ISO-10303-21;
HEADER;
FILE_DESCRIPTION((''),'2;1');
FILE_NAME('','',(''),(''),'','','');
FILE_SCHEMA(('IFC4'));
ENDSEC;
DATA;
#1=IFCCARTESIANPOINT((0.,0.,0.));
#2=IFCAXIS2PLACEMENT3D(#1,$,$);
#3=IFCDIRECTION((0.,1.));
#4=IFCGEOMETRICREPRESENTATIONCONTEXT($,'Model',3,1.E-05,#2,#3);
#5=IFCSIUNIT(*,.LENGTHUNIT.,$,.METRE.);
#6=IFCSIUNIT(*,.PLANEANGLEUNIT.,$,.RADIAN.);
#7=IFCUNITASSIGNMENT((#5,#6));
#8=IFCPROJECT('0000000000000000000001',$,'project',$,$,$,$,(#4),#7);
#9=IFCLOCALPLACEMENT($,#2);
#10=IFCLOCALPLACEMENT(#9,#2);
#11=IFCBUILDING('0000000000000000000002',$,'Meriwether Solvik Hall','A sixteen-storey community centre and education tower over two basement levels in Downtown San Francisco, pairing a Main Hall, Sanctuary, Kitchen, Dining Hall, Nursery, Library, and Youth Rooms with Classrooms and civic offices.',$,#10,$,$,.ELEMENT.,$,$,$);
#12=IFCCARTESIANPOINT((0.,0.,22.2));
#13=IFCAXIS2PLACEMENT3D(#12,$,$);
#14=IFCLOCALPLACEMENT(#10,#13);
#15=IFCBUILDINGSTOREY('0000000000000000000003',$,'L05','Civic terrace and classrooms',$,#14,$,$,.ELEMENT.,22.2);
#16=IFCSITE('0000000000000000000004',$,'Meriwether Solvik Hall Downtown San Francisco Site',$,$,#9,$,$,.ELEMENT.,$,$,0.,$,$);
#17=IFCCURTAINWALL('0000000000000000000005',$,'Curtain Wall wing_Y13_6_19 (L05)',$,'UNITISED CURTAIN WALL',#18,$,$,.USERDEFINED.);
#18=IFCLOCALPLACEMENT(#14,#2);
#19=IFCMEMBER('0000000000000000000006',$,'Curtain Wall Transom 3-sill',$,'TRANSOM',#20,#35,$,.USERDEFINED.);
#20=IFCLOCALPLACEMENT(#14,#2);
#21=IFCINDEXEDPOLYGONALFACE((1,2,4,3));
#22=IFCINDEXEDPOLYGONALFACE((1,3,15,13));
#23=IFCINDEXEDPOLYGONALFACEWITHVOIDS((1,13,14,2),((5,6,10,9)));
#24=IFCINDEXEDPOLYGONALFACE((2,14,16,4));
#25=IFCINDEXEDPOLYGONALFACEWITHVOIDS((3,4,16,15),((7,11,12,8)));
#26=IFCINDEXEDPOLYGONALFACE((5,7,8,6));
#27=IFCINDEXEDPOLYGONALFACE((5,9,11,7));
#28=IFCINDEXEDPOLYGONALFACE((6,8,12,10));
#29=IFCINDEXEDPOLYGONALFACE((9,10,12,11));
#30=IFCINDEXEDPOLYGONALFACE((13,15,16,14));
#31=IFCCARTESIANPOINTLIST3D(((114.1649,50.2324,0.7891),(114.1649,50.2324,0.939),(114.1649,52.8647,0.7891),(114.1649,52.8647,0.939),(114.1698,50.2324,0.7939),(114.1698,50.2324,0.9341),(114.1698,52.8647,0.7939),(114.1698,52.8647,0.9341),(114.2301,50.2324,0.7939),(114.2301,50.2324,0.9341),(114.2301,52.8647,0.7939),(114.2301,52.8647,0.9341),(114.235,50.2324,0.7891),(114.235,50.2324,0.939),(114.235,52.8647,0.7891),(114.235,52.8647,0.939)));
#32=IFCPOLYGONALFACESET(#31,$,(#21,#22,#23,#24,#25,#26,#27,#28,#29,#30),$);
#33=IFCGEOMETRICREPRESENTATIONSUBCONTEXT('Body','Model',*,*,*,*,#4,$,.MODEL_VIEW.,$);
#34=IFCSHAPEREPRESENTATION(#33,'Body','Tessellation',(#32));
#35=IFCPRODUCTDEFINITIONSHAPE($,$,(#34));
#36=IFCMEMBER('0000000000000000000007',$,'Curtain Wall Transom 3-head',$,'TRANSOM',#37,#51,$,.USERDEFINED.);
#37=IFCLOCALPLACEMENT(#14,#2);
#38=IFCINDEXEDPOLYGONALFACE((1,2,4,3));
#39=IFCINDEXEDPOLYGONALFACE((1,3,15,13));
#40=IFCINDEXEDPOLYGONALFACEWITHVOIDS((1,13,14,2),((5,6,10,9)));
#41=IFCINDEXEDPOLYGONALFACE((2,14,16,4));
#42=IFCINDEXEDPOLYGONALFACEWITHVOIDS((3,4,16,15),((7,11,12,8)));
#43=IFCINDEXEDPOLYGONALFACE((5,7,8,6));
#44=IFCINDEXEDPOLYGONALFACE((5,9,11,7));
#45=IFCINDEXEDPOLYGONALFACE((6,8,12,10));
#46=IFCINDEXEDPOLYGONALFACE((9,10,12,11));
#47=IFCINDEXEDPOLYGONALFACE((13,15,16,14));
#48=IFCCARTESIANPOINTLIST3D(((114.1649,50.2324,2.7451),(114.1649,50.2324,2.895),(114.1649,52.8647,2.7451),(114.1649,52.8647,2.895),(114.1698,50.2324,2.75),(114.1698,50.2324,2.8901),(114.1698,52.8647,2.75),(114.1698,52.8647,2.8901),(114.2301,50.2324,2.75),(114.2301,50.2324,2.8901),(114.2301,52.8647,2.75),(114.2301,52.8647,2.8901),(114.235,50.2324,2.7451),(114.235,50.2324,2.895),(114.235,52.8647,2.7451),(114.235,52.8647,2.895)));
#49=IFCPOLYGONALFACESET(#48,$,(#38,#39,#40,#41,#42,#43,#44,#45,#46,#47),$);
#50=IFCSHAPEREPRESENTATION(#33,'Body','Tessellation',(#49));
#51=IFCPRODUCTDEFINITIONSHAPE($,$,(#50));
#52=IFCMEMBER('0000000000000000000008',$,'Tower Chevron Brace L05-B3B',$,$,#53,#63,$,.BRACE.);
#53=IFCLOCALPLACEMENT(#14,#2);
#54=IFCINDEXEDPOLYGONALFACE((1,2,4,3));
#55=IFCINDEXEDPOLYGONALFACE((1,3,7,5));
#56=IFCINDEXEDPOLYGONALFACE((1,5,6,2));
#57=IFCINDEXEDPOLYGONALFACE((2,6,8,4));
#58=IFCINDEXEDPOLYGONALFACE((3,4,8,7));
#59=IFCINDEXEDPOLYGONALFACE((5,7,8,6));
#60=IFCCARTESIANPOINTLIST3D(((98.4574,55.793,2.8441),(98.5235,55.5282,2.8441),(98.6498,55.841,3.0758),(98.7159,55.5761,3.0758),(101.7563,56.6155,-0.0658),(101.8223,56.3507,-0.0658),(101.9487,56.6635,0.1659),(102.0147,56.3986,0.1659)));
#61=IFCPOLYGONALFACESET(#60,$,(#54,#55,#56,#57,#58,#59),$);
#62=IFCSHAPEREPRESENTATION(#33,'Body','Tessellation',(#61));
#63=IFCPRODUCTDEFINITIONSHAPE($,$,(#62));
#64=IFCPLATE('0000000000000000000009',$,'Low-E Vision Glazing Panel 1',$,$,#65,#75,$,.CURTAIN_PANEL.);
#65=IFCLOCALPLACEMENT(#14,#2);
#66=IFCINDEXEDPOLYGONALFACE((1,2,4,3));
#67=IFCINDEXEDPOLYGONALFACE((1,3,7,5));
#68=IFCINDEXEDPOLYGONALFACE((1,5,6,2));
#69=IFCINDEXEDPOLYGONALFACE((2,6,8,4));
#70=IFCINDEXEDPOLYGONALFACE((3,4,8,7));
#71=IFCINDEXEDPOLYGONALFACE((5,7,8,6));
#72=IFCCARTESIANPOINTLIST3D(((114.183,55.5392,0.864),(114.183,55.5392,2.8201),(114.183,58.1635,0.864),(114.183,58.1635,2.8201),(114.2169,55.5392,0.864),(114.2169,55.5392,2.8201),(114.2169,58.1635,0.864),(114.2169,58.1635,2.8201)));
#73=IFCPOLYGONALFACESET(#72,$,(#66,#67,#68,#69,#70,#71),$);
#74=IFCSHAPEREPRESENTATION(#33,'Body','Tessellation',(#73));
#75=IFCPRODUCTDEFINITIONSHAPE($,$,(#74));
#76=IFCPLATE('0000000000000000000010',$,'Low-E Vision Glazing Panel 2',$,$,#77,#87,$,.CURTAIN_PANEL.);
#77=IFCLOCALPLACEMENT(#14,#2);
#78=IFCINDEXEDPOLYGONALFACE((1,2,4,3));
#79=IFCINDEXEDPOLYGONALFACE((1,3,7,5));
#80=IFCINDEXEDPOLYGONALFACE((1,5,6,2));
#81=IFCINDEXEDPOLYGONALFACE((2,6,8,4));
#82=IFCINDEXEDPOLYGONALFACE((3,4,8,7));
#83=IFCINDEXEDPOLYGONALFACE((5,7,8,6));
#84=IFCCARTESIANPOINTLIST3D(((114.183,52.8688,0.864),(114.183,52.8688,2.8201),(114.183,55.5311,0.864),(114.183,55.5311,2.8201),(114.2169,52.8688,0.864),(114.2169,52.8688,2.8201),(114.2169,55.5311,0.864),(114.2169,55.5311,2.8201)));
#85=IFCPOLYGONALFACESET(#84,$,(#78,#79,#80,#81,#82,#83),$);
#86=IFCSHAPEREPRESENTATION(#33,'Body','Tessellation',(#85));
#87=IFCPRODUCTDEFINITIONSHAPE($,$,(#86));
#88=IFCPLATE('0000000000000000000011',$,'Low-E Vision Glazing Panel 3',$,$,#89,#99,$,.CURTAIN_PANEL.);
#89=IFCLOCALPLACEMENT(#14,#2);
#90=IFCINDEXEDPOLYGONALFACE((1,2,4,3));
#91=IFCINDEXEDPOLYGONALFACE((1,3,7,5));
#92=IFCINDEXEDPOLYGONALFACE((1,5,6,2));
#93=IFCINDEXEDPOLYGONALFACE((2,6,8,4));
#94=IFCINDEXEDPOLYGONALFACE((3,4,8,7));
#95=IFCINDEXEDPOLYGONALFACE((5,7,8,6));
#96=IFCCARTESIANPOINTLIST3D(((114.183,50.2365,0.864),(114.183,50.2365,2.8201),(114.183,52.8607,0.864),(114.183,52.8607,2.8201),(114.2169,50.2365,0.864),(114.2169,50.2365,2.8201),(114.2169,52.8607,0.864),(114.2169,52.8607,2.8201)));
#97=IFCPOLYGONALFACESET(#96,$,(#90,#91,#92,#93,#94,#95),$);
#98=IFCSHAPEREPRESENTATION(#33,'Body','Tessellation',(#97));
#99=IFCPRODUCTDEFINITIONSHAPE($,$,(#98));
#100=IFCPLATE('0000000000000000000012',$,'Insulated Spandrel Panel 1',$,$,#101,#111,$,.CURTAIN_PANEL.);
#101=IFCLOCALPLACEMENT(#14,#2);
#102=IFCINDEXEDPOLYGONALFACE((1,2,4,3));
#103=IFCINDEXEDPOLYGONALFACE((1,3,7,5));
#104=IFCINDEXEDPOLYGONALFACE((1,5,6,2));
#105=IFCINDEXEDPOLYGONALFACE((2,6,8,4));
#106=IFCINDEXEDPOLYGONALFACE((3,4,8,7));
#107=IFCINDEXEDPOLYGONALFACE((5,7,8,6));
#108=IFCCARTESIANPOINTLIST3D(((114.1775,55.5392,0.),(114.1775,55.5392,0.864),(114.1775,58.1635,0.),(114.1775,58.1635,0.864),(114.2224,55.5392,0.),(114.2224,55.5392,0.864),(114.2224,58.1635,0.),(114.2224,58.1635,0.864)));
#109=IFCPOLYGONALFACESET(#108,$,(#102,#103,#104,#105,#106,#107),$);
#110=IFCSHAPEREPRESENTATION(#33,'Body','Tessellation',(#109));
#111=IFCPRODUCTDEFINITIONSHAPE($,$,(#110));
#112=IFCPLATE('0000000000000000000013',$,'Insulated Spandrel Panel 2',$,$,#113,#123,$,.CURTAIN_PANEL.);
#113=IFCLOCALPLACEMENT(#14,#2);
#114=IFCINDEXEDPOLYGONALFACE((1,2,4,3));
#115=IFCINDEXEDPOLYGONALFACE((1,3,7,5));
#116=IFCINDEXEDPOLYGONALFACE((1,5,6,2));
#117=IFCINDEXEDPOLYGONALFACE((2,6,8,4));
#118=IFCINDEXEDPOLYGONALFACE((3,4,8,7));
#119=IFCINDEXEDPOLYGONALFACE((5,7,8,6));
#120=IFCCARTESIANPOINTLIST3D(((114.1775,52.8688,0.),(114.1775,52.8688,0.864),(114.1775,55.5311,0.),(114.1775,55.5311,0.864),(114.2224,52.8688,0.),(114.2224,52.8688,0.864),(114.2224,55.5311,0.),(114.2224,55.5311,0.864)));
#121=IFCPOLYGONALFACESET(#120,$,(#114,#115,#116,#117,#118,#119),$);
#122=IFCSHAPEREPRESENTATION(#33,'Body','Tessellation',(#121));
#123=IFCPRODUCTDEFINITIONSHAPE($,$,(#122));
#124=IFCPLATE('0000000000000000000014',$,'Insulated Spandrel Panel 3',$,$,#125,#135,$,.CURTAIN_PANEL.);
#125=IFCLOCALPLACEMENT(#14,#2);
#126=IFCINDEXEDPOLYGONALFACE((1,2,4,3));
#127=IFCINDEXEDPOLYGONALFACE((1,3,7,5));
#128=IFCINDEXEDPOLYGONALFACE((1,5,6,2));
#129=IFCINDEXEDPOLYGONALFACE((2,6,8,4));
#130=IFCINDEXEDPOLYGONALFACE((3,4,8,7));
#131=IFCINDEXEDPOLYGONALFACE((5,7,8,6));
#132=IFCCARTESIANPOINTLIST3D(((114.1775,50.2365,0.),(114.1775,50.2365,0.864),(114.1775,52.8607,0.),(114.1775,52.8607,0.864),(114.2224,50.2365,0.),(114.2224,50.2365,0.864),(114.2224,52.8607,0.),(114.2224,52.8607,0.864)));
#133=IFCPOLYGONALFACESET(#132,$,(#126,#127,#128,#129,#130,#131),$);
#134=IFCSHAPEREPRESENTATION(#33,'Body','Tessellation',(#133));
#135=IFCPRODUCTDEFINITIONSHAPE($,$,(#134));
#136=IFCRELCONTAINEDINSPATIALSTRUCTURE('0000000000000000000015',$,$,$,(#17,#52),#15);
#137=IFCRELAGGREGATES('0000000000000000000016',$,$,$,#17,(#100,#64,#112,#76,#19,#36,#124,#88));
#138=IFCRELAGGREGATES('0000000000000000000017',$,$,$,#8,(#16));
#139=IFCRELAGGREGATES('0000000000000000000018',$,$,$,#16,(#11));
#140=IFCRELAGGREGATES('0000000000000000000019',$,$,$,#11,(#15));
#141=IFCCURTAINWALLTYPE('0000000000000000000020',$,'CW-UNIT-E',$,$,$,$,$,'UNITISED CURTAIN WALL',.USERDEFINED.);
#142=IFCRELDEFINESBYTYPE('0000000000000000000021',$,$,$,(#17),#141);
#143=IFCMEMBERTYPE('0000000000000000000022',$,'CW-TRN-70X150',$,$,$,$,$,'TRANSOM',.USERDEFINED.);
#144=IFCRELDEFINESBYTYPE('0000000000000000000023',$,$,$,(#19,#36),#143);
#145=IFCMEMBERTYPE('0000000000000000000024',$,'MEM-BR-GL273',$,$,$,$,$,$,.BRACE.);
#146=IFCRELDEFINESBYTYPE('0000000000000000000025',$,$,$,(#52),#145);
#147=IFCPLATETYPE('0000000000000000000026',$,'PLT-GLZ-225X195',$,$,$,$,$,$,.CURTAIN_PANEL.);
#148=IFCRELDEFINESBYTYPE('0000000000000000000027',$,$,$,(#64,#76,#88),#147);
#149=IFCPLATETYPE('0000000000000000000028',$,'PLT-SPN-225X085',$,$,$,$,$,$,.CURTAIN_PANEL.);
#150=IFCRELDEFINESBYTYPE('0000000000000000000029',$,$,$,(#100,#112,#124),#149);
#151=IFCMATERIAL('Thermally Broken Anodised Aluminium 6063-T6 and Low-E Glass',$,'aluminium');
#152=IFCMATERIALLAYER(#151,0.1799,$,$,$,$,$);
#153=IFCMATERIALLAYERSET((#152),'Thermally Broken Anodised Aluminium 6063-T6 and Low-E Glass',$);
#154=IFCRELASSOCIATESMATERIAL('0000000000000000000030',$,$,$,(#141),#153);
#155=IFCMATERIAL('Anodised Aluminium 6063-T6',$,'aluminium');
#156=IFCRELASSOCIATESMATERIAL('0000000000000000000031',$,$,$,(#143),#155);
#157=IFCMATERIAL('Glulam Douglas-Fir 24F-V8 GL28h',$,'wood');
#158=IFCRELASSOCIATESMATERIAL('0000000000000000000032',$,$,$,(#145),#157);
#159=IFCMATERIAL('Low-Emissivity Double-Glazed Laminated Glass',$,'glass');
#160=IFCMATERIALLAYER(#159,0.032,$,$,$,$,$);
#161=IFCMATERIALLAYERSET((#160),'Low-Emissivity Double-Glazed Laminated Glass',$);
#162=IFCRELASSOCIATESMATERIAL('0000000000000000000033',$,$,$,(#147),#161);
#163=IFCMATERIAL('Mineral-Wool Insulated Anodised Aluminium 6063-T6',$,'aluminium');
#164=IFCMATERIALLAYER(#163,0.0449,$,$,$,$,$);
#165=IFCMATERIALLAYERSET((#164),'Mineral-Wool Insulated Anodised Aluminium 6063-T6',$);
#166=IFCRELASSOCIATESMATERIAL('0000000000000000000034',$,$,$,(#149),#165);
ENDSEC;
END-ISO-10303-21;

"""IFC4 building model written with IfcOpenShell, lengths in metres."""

from ifc_helpers import new_model, si_unit, direction, frame, origin, origin_2d, place, context, subcontext, project, spatial, rectangle, hollow_rectangle, extrude, material, layer, layer_set, material_profile, profile_set, type_object, element, aggregate, save


model = new_model("IFC4")

# Units and contexts
model_context = context("Model", 3, precision=1e-05, world=origin(), true_north=direction((0.0, 1.0)))
body_context = subcontext(model_context, "Body", "Model", "MODEL_VIEW")
ifc_project = project(units=[si_unit("LENGTHUNIT", "METRE"), si_unit("PLANEANGLEUNIT", "RADIAN")], contexts=[model_context])

# Site, building, storey
site_placement = place(None, origin())
site = spatial("IfcSite", under=ifc_project, at=site_placement, Name="Meriwether Solvik Hall Downtown San Francisco Site", CompositionType="ELEMENT", RefElevation=0.0)
building_placement = place(site_placement, origin())
building = spatial("IfcBuilding", under=site, at=building_placement, Name="Meriwether Solvik Hall", Description="A sixteen-storey community centre and education tower over two basement levels in Downtown San Francisco, pairing a Main Hall, Sanctuary, Kitchen, Dining Hall, Nursery, Library, and Youth Rooms with Classrooms and civic offices.", CompositionType="ELEMENT")
storey_placement = place(building_placement, frame((0.0, 0.0, 22.2)))
storey = spatial("IfcBuildingStorey", under=building, at=storey_placement, Name="L05", Description="Civic terrace and classrooms", CompositionType="ELEMENT", Elevation=22.2)

# Curtain wall, members
ifc_material_1 = material(Name="Thermally Broken Anodised Aluminium 6063-T6 and Low-E Glass", Category="aluminium")
ifc_layer_1 = layer(ifc_material_1, 0.1799)
ifc_layer_set_1 = layer_set([ifc_layer_1], Name="Thermally Broken Anodised Aluminium 6063-T6 and Low-E Glass")
curtain_wall_type = type_object("IfcCurtainWallType", Name="CW-UNIT-E", ElementType="UNITISED CURTAIN WALL", PredefinedType="USERDEFINED", material=ifc_layer_set_1)
curtain_wall_placement = place(storey_placement, origin())
curtain_wall = element("IfcCurtainWall", 1, at=curtain_wall_placement, inside=storey, type_object=curtain_wall_type, Name="Curtain Wall wing_Y13_6_19 (L05)", ObjectType="UNITISED CURTAIN WALL", PredefinedType="USERDEFINED")
ifc_material_2 = material(Name="Anodised Aluminium 6063-T6", Category="aluminium")
ifc_material_profile_1 = material_profile(ifc_material_2, hollow_rectangle(XDim=0.0701, YDim=0.1499, WallThickness=0.0049, at=origin_2d()), Name="CWT-70X150")
ifc_profile_set_1 = profile_set([ifc_material_profile_1], Name="Anodised Aluminium 6063-T6")
member_type_1 = type_object("IfcMemberType", Name="CW-TRN-70X150", ElementType="TRANSOM", PredefinedType="USERDEFINED", material=ifc_profile_set_1)
member_1_placement = place(storey_placement, frame((114.2, 52.8647, 0.864), z_axis=(0.0, -1.0, 0.0), x_axis=(1.0, 0.0, 0.0)))
member_1 = element("IfcMember", 2, at=member_1_placement, type_object=member_type_1, Name="Curtain Wall Transom 3-sill", ObjectType="TRANSOM", PredefinedType="USERDEFINED", context=body_context, shape_type="SweptSolid", body=[
    extrude(hollow_rectangle(XDim=0.0701, YDim=0.1499, WallThickness=0.0049, at=origin_2d()), origin(), (0.0, 0.0, 1.0), 2.6323),
])
member_2_placement = place(storey_placement, frame((114.2, 52.8647, 2.8201), z_axis=(0.0, -1.0, 0.0), x_axis=(1.0, 0.0, 0.0)))
member_2 = element("IfcMember", 3, at=member_2_placement, type_object=member_type_1, Name="Curtain Wall Transom 3-head", ObjectType="TRANSOM", PredefinedType="USERDEFINED", context=body_context, shape_type="SweptSolid", body=[
    extrude(hollow_rectangle(XDim=0.0701, YDim=0.1499, WallThickness=0.0049, at=origin_2d()), origin(), (0.0, 0.0, 1.0), 2.6323),
])

# Member
ifc_material_3 = material(Name="Glulam Douglas-Fir 24F-V8 GL28h", Category="wood")
ifc_material_profile_2 = material_profile(ifc_material_3, rectangle(XDim=0.2729, YDim=0.3049, at=origin_2d()), Name="GLM-273X305")
ifc_profile_set_2 = profile_set([ifc_material_profile_2], Name="Glulam Douglas-Fir 24F-V8 GL28h")
member_type_2 = type_object("IfcMemberType", Name="MEM-BR-GL273", PredefinedType="BRACE", material=ifc_profile_set_2)
member_3_placement = place(storey_placement, frame((101.8855, 56.5071, 0.05), z_axis=(-0.737154, -0.183798, 0.650247), x_axis=(0.241927, -0.970294, 0.0)))
element("IfcMember", 4, at=member_3_placement, inside=storey, type_object=member_type_2, Name="Tower Chevron Brace L05-B3B", PredefinedType="BRACE", context=body_context, shape_type="SweptSolid", body=[
    extrude(rectangle(XDim=0.2729, YDim=0.3049, at=origin_2d()), origin(), (0.0, 0.0, 1.0), 4.4751),
])

# Plates
ifc_material_4 = material(Name="Low-Emissivity Double-Glazed Laminated Glass", Category="glass")
ifc_layer_2 = layer(ifc_material_4, 0.032)
ifc_layer_set_2 = layer_set([ifc_layer_2], Name="Low-Emissivity Double-Glazed Laminated Glass")
plate_type_1 = type_object("IfcPlateType", Name="PLT-GLZ-225X195", PredefinedType="CURTAIN_PANEL", material=ifc_layer_set_2)
plate_1_placement = place(storey_placement, frame((114.2, 56.8513, 0.864), z_axis=(0.0, 0.0, 1.0), x_axis=(0.0, -1.0, 0.0)))
plate_1 = element("IfcPlate", 5, at=plate_1_placement, type_object=plate_type_1, Name="Low-E Vision Glazing Panel 1", PredefinedType="CURTAIN_PANEL", context=body_context, shape_type="SweptSolid", body=[
    extrude(rectangle(XDim=2.6243, YDim=0.0339, at=origin_2d()), origin(), (0.0, 0.0, 1.0), 1.9561),
])
plate_2_placement = place(storey_placement, frame((114.2, 54.2, 0.864), z_axis=(0.0, 0.0, 1.0), x_axis=(0.0, -1.0, 0.0)))
plate_2 = element("IfcPlate", 6, at=plate_2_placement, type_object=plate_type_1, Name="Low-E Vision Glazing Panel 2", PredefinedType="CURTAIN_PANEL", context=body_context, shape_type="SweptSolid", body=[
    extrude(rectangle(XDim=2.6624, YDim=0.0339, at=origin_2d()), origin(), (0.0, 0.0, 1.0), 1.9561),
])
plate_3_placement = place(storey_placement, frame((114.2, 51.5486, 0.864), z_axis=(0.0, 0.0, 1.0), x_axis=(0.0, -1.0, 0.0)))
plate_3 = element("IfcPlate", 7, at=plate_3_placement, type_object=plate_type_1, Name="Low-E Vision Glazing Panel 3", PredefinedType="CURTAIN_PANEL", context=body_context, shape_type="SweptSolid", body=[
    extrude(rectangle(XDim=2.6243, YDim=0.0339, at=origin_2d()), origin(), (0.0, 0.0, 1.0), 1.9561),
])
ifc_material_5 = material(Name="Mineral-Wool Insulated Anodised Aluminium 6063-T6", Category="aluminium")
ifc_layer_3 = layer(ifc_material_5, 0.0449)
ifc_layer_set_3 = layer_set([ifc_layer_3], Name="Mineral-Wool Insulated Anodised Aluminium 6063-T6")
plate_type_2 = type_object("IfcPlateType", Name="PLT-SPN-225X085", PredefinedType="CURTAIN_PANEL", material=ifc_layer_set_3)
plate_4_placement = place(storey_placement, frame((114.2, 56.8513, 0.0), z_axis=(0.0, 0.0, 1.0), x_axis=(0.0, -1.0, 0.0)))
plate_4 = element("IfcPlate", 8, at=plate_4_placement, type_object=plate_type_2, Name="Insulated Spandrel Panel 1", PredefinedType="CURTAIN_PANEL", context=body_context, shape_type="SweptSolid", body=[
    extrude(rectangle(XDim=2.6243, YDim=0.0449, at=origin_2d()), origin(), (0.0, 0.0, 1.0), 0.864),
])
plate_5_placement = place(storey_placement, frame((114.2, 54.2, 0.0), z_axis=(0.0, 0.0, 1.0), x_axis=(0.0, -1.0, 0.0)))
plate_5 = element("IfcPlate", 9, at=plate_5_placement, type_object=plate_type_2, Name="Insulated Spandrel Panel 2", PredefinedType="CURTAIN_PANEL", context=body_context, shape_type="SweptSolid", body=[
    extrude(rectangle(XDim=2.6624, YDim=0.0449, at=origin_2d()), origin(), (0.0, 0.0, 1.0), 0.864),
])
plate_6_placement = place(storey_placement, frame((114.2, 51.5486, 0.0), z_axis=(0.0, 0.0, 1.0), x_axis=(0.0, -1.0, 0.0)))
plate_6 = element("IfcPlate", 10, at=plate_6_placement, type_object=plate_type_2, Name="Insulated Spandrel Panel 3", PredefinedType="CURTAIN_PANEL", context=body_context, shape_type="SweptSolid", body=[
    extrude(rectangle(XDim=2.6243, YDim=0.0449, at=origin_2d()), origin(), (0.0, 0.0, 1.0), 0.864),
])
aggregate(curtain_wall, [plate_4, plate_1, plate_5, plate_2, member_1, member_2, plate_6, plate_3])

save(model, "model.ifc")
